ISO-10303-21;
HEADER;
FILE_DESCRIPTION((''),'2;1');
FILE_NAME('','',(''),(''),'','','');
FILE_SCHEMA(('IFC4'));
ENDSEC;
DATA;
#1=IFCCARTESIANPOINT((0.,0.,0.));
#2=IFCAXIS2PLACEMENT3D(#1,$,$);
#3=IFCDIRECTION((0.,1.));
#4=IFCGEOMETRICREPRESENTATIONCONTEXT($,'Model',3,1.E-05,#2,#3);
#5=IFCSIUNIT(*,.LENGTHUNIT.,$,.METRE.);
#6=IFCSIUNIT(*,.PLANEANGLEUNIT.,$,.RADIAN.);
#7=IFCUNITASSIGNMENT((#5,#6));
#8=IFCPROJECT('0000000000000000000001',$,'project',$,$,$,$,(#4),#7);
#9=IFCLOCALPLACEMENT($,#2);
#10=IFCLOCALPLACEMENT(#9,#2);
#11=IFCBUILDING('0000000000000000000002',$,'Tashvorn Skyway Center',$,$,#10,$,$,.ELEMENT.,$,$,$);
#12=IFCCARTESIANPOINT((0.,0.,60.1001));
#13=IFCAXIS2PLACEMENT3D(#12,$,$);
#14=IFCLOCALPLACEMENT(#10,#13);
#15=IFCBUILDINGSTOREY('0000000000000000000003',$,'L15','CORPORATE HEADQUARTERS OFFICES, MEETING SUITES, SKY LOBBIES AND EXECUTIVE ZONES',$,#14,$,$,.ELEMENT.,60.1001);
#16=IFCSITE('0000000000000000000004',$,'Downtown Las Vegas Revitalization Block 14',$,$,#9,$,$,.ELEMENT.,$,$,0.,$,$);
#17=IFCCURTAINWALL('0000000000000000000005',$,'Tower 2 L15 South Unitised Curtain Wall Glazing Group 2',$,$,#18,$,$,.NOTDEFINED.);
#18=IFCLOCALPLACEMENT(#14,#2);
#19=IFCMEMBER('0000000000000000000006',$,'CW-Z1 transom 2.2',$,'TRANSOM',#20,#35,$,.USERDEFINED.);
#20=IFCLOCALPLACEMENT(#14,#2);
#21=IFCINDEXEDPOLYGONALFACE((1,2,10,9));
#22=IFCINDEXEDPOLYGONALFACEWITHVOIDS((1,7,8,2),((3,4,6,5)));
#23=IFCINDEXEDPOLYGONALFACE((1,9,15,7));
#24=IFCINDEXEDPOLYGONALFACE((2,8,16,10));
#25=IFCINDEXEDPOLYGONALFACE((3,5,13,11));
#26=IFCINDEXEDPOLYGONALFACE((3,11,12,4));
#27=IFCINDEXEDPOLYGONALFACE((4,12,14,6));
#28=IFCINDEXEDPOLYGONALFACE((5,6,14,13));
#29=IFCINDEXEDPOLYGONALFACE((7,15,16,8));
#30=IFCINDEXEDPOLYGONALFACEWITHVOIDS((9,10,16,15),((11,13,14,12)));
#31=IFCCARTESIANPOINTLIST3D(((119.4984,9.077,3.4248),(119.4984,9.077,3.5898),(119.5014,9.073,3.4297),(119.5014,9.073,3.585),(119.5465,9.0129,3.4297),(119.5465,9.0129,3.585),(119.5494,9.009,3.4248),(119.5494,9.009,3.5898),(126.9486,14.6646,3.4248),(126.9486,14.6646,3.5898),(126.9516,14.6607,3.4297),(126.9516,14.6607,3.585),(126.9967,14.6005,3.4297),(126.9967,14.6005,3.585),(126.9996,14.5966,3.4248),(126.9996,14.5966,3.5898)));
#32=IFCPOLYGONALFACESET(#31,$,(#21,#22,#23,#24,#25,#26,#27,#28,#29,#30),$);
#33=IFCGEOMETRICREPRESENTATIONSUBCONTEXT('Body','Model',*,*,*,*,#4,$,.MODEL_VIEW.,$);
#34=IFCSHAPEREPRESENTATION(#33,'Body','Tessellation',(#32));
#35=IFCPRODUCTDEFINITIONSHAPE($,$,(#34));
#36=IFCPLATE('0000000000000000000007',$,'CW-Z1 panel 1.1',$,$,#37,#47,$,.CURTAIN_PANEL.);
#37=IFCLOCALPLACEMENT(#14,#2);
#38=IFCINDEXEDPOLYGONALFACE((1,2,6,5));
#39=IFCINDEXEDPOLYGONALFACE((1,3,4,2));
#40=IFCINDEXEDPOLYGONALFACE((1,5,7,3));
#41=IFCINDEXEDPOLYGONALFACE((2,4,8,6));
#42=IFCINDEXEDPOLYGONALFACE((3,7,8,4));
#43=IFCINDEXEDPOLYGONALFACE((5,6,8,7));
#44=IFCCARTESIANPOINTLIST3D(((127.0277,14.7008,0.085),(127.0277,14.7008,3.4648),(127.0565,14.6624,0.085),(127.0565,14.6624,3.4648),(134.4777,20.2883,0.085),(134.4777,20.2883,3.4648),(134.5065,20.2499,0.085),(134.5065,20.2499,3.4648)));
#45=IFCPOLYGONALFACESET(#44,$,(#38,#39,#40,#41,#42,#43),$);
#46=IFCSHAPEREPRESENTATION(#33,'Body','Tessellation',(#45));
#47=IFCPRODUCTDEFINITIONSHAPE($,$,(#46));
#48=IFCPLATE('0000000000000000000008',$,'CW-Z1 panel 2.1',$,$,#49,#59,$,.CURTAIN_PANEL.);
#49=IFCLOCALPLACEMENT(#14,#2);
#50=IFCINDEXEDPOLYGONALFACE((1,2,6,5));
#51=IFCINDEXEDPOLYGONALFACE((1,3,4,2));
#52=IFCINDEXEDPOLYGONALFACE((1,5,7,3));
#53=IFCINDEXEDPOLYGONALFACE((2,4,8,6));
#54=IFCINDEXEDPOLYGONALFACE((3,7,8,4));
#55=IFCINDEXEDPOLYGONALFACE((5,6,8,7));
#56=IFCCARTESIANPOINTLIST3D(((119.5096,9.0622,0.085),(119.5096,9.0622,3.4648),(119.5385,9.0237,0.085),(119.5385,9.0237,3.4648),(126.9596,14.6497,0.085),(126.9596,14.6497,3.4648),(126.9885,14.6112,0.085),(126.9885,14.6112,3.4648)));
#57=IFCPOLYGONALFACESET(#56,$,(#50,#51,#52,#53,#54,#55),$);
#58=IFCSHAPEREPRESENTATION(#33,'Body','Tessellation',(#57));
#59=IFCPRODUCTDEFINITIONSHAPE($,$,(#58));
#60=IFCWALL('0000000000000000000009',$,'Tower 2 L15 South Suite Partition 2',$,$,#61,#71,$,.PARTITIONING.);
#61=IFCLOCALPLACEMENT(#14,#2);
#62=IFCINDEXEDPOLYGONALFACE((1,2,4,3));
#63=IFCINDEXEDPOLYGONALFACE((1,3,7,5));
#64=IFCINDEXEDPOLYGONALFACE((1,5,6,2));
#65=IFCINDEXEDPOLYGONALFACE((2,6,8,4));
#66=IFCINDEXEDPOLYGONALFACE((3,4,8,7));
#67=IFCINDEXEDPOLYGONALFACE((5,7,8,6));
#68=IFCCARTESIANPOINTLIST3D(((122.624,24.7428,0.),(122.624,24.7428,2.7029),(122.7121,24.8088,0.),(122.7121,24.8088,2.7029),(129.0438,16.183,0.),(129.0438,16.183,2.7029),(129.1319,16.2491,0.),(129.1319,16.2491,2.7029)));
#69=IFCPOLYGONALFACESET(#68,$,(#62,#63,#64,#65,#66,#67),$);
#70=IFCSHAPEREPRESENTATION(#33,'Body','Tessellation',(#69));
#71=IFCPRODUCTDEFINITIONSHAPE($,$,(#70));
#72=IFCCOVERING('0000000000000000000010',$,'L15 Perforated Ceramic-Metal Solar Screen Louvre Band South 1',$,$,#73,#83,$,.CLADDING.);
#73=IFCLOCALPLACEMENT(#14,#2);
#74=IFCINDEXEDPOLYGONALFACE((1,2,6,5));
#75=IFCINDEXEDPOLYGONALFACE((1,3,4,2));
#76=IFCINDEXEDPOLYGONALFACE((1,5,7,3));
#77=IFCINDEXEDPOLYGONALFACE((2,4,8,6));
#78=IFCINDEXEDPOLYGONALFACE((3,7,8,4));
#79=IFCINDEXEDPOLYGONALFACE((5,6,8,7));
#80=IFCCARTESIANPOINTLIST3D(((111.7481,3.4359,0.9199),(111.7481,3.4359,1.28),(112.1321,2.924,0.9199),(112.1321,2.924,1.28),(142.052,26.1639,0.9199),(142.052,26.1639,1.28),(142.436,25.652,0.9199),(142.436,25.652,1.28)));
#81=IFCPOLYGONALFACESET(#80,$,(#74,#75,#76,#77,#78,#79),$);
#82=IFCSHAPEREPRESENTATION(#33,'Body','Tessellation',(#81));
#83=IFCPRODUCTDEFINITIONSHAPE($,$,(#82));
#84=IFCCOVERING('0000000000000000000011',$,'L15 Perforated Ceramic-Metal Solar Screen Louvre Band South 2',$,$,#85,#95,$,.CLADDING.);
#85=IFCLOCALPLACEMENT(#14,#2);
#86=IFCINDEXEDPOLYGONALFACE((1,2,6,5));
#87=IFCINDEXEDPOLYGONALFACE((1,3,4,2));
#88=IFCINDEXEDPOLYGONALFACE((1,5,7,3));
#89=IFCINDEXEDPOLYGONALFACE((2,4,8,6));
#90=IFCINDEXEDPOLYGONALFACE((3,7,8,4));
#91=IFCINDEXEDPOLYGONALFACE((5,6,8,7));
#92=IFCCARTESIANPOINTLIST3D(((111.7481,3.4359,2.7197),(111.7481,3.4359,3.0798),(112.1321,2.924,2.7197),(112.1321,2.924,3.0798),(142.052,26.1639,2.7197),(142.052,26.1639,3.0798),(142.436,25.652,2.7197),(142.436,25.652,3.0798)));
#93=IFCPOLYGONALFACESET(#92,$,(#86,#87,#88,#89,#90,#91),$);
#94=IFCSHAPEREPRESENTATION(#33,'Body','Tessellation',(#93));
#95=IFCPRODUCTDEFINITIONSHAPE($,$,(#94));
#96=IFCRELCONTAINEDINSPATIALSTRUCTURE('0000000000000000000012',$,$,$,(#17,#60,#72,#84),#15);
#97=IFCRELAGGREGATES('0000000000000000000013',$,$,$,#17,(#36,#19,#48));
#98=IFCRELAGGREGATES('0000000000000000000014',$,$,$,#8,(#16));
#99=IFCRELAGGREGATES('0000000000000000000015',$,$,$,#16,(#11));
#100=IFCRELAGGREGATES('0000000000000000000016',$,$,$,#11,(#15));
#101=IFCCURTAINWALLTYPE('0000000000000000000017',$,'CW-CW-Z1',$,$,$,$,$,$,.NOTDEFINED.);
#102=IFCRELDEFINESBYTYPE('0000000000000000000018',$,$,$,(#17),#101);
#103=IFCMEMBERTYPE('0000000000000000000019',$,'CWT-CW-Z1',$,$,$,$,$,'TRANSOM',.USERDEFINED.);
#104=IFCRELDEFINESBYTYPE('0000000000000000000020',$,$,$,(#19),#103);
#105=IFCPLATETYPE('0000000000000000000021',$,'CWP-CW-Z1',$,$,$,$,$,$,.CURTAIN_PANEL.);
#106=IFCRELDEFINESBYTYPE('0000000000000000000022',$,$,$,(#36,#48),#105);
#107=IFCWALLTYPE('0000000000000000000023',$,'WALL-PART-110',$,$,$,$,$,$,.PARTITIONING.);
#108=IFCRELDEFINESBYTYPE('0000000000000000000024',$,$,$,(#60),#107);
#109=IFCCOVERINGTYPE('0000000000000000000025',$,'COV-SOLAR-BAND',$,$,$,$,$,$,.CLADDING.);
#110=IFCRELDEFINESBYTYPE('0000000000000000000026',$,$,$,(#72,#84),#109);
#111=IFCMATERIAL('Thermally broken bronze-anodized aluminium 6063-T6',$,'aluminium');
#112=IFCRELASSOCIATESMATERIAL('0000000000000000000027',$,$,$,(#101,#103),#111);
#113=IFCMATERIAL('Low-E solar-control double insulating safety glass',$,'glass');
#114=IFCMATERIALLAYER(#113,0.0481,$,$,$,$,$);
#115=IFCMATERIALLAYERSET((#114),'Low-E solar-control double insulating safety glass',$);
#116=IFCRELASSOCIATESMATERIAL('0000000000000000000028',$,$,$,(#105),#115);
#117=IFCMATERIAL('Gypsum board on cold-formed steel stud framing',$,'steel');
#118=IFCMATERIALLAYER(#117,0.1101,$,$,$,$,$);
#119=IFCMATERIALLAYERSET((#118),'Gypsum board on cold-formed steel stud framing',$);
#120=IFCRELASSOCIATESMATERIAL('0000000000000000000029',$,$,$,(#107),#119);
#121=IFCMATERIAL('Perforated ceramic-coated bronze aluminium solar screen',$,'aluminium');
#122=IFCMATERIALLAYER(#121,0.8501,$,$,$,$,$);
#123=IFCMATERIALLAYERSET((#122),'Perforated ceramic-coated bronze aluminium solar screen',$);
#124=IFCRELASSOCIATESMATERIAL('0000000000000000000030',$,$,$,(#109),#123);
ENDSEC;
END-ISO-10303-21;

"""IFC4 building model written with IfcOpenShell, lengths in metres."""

from ifc_helpers import new_model, si_unit, direction, frame, frame_2d, origin, origin_2d, place, context, subcontext, project, spatial, rectangle, hollow_rectangle, extrude, material, layer, layer_set, material_profile, profile_set, type_object, element, aggregate, save


model = new_model("IFC4")

# Units and contexts
model_context = context("Model", 3, precision=1e-05, world=origin(), true_north=direction((0.0, 1.0)))
body_context = subcontext(model_context, "Body", "Model", "MODEL_VIEW")
ifc_project = project(units=[si_unit("LENGTHUNIT", "METRE"), si_unit("PLANEANGLEUNIT", "RADIAN")], contexts=[model_context])

# Site, building, storey
site_placement = place(None, origin())
site = spatial("IfcSite", under=ifc_project, at=site_placement, Name="Downtown Las Vegas Revitalization Block 14", CompositionType="ELEMENT", RefElevation=0.0)
building_placement = place(site_placement, origin())
building = spatial("IfcBuilding", under=site, at=building_placement, Name="Tashvorn Skyway Center", CompositionType="ELEMENT")
storey_placement = place(building_placement, frame((0.0, 0.0, 60.1001)))
storey = spatial("IfcBuildingStorey", under=building, at=storey_placement, Name="L15", Description="CORPORATE HEADQUARTERS OFFICES, MEETING SUITES, SKY LOBBIES AND EXECUTIVE ZONES", CompositionType="ELEMENT", Elevation=60.1001)

# Curtain wall, member, plates
ifc_material_1 = material(Name="Thermally broken bronze-anodized aluminium 6063-T6", Category="aluminium")
curtain_wall_type = type_object("IfcCurtainWallType", Name="CW-CW-Z1", PredefinedType="NOTDEFINED", material=ifc_material_1)
curtain_wall_placement = place(storey_placement, origin())
curtain_wall = element("IfcCurtainWall", 1, at=curtain_wall_placement, inside=storey, type_object=curtain_wall_type, Name="Tower 2 L15 South Unitised Curtain Wall Glazing Group 2", PredefinedType="NOTDEFINED")
ifc_material_profile_1 = material_profile(ifc_material_1, hollow_rectangle(XDim=0.085, YDim=0.165, WallThickness=0.0049, at=origin_2d()), Name="ALU-TRAN-85x165")
ifc_profile_set_1 = profile_set([ifc_material_profile_1], Name="Thermally broken bronze-anodized aluminium 6063-T6")
member_type_1 = type_object("IfcMemberType", Name="CWT-CW-Z1", ElementType="TRANSOM", PredefinedType="USERDEFINED", material=ifc_profile_set_1)
member_1_placement = place(storey_placement, frame((126.9741, 14.6306, 3.5073), z_axis=(-0.8, -0.6, 0.0), x_axis=(0.6, -0.8, 0.0)))
member_1 = element("IfcMember", 2, at=member_1_placement, type_object=member_type_1, Name="CW-Z1 transom 2.2", ObjectType="TRANSOM", PredefinedType="USERDEFINED", context=body_context, shape_type="SweptSolid", body=[
    extrude(hollow_rectangle(XDim=0.085, YDim=0.165, WallThickness=0.0049, at=origin_2d()), origin(), (0.0, 0.0, 1.0), 9.3127),
])
ifc_material_2 = material(Name="Low-E solar-control double insulating safety glass", Category="glass")
ifc_layer_1 = layer(ifc_material_2, 0.0481)
ifc_layer_set_1 = layer_set([ifc_layer_1], Name="Low-E solar-control double insulating safety glass")
plate_type = type_object("IfcPlateType", Name="CWP-CW-Z1", PredefinedType="CURTAIN_PANEL", material=ifc_layer_set_1)
plate_1_placement = place(storey_placement, frame((130.7671, 17.4753, 0.085), z_axis=(0.0, 0.0, 1.0), x_axis=(-0.8, -0.6, 0.0)))
plate_1 = element("IfcPlate", 3, at=plate_1_placement, type_object=plate_type, Name="CW-Z1 panel 1.1", PredefinedType="CURTAIN_PANEL", context=body_context, shape_type="SweptSolid", body=[
    extrude(rectangle(XDim=9.3125, YDim=0.0481, at=origin_2d()), origin(), (0.0, 0.0, 1.0), 3.3799),
])
plate_2_placement = place(storey_placement, frame((123.249, 11.8367, 0.085), z_axis=(0.0, 0.0, 1.0), x_axis=(-0.8, -0.6, 0.0)))
plate_2 = element("IfcPlate", 4, at=plate_2_placement, type_object=plate_type, Name="CW-Z1 panel 2.1", PredefinedType="CURTAIN_PANEL", context=body_context, shape_type="SweptSolid", body=[
    extrude(rectangle(XDim=9.3125, YDim=0.0481, at=origin_2d()), origin(), (0.0, 0.0, 1.0), 3.3799),
])
aggregate(curtain_wall, [plate_1, member_1, plate_2])

# Wall
ifc_material_3 = material(Name="Gypsum board on cold-formed steel stud framing", Category="steel")
ifc_layer_2 = layer(ifc_material_3, 0.1101)
ifc_layer_set_2 = layer_set([ifc_layer_2], Name="Gypsum board on cold-formed steel stud framing")
wall_type = type_object("IfcWallType", Name="WALL-PART-110", PredefinedType="PARTITIONING", material=ifc_layer_set_2)
wall_placement = place(storey_placement, frame((129.0879, 16.2161, 0.0), z_axis=(0.0, 0.0, 1.0), x_axis=(-0.600004, 0.799997, 0.0)))
element("IfcWall", 5, at=wall_placement, inside=storey, type_object=wall_type, Name="Tower 2 L15 South Suite Partition 2", PredefinedType="PARTITIONING", context=body_context, shape_type="SweptSolid", body=[
    extrude(rectangle(XDim=10.6997, YDim=0.1101, at=frame_2d((5.3499, 0.0))), origin(), (0.0, 0.0, 1.0), 2.7029),
])

# Coverings
ifc_material_4 = material(Name="Perforated ceramic-coated bronze aluminium solar screen", Category="aluminium")
ifc_layer_3 = layer(ifc_material_4, 0.8501)
ifc_layer_set_3 = layer_set([ifc_layer_3], Name="Perforated ceramic-coated bronze aluminium solar screen")
covering_type = type_object("IfcCoveringType", Name="COV-SOLAR-BAND", PredefinedType="CLADDING", material=ifc_layer_set_3)
for number, where, z_axis, x_axis, name in (
    (6, (127.092, 14.5439, 0.9199), (0.0, 0.0, 1.0), (-0.8, -0.6, 0.0), "L15 Perforated Ceramic-Metal Solar Screen Louvre Band South 1"),
    (7, (127.092, 14.5439, 2.7197), (0.0, 0.0, 1.0), (-0.8, -0.6, 0.0), "L15 Perforated Ceramic-Metal Solar Screen Louvre Band South 2"),
):
    element("IfcCovering", number, at=place(storey_placement, frame(where, z_axis=z_axis, x_axis=x_axis)), inside=storey, type_object=covering_type, Name=name, PredefinedType="CLADDING", context=body_context, shape_type="SweptSolid", body=[
        extrude(rectangle(XDim=37.8799, YDim=0.6399, at=origin_2d()), origin(), (0.0, 0.0, 1.0), 0.3601),
    ])

save(model, "model.ifc")
